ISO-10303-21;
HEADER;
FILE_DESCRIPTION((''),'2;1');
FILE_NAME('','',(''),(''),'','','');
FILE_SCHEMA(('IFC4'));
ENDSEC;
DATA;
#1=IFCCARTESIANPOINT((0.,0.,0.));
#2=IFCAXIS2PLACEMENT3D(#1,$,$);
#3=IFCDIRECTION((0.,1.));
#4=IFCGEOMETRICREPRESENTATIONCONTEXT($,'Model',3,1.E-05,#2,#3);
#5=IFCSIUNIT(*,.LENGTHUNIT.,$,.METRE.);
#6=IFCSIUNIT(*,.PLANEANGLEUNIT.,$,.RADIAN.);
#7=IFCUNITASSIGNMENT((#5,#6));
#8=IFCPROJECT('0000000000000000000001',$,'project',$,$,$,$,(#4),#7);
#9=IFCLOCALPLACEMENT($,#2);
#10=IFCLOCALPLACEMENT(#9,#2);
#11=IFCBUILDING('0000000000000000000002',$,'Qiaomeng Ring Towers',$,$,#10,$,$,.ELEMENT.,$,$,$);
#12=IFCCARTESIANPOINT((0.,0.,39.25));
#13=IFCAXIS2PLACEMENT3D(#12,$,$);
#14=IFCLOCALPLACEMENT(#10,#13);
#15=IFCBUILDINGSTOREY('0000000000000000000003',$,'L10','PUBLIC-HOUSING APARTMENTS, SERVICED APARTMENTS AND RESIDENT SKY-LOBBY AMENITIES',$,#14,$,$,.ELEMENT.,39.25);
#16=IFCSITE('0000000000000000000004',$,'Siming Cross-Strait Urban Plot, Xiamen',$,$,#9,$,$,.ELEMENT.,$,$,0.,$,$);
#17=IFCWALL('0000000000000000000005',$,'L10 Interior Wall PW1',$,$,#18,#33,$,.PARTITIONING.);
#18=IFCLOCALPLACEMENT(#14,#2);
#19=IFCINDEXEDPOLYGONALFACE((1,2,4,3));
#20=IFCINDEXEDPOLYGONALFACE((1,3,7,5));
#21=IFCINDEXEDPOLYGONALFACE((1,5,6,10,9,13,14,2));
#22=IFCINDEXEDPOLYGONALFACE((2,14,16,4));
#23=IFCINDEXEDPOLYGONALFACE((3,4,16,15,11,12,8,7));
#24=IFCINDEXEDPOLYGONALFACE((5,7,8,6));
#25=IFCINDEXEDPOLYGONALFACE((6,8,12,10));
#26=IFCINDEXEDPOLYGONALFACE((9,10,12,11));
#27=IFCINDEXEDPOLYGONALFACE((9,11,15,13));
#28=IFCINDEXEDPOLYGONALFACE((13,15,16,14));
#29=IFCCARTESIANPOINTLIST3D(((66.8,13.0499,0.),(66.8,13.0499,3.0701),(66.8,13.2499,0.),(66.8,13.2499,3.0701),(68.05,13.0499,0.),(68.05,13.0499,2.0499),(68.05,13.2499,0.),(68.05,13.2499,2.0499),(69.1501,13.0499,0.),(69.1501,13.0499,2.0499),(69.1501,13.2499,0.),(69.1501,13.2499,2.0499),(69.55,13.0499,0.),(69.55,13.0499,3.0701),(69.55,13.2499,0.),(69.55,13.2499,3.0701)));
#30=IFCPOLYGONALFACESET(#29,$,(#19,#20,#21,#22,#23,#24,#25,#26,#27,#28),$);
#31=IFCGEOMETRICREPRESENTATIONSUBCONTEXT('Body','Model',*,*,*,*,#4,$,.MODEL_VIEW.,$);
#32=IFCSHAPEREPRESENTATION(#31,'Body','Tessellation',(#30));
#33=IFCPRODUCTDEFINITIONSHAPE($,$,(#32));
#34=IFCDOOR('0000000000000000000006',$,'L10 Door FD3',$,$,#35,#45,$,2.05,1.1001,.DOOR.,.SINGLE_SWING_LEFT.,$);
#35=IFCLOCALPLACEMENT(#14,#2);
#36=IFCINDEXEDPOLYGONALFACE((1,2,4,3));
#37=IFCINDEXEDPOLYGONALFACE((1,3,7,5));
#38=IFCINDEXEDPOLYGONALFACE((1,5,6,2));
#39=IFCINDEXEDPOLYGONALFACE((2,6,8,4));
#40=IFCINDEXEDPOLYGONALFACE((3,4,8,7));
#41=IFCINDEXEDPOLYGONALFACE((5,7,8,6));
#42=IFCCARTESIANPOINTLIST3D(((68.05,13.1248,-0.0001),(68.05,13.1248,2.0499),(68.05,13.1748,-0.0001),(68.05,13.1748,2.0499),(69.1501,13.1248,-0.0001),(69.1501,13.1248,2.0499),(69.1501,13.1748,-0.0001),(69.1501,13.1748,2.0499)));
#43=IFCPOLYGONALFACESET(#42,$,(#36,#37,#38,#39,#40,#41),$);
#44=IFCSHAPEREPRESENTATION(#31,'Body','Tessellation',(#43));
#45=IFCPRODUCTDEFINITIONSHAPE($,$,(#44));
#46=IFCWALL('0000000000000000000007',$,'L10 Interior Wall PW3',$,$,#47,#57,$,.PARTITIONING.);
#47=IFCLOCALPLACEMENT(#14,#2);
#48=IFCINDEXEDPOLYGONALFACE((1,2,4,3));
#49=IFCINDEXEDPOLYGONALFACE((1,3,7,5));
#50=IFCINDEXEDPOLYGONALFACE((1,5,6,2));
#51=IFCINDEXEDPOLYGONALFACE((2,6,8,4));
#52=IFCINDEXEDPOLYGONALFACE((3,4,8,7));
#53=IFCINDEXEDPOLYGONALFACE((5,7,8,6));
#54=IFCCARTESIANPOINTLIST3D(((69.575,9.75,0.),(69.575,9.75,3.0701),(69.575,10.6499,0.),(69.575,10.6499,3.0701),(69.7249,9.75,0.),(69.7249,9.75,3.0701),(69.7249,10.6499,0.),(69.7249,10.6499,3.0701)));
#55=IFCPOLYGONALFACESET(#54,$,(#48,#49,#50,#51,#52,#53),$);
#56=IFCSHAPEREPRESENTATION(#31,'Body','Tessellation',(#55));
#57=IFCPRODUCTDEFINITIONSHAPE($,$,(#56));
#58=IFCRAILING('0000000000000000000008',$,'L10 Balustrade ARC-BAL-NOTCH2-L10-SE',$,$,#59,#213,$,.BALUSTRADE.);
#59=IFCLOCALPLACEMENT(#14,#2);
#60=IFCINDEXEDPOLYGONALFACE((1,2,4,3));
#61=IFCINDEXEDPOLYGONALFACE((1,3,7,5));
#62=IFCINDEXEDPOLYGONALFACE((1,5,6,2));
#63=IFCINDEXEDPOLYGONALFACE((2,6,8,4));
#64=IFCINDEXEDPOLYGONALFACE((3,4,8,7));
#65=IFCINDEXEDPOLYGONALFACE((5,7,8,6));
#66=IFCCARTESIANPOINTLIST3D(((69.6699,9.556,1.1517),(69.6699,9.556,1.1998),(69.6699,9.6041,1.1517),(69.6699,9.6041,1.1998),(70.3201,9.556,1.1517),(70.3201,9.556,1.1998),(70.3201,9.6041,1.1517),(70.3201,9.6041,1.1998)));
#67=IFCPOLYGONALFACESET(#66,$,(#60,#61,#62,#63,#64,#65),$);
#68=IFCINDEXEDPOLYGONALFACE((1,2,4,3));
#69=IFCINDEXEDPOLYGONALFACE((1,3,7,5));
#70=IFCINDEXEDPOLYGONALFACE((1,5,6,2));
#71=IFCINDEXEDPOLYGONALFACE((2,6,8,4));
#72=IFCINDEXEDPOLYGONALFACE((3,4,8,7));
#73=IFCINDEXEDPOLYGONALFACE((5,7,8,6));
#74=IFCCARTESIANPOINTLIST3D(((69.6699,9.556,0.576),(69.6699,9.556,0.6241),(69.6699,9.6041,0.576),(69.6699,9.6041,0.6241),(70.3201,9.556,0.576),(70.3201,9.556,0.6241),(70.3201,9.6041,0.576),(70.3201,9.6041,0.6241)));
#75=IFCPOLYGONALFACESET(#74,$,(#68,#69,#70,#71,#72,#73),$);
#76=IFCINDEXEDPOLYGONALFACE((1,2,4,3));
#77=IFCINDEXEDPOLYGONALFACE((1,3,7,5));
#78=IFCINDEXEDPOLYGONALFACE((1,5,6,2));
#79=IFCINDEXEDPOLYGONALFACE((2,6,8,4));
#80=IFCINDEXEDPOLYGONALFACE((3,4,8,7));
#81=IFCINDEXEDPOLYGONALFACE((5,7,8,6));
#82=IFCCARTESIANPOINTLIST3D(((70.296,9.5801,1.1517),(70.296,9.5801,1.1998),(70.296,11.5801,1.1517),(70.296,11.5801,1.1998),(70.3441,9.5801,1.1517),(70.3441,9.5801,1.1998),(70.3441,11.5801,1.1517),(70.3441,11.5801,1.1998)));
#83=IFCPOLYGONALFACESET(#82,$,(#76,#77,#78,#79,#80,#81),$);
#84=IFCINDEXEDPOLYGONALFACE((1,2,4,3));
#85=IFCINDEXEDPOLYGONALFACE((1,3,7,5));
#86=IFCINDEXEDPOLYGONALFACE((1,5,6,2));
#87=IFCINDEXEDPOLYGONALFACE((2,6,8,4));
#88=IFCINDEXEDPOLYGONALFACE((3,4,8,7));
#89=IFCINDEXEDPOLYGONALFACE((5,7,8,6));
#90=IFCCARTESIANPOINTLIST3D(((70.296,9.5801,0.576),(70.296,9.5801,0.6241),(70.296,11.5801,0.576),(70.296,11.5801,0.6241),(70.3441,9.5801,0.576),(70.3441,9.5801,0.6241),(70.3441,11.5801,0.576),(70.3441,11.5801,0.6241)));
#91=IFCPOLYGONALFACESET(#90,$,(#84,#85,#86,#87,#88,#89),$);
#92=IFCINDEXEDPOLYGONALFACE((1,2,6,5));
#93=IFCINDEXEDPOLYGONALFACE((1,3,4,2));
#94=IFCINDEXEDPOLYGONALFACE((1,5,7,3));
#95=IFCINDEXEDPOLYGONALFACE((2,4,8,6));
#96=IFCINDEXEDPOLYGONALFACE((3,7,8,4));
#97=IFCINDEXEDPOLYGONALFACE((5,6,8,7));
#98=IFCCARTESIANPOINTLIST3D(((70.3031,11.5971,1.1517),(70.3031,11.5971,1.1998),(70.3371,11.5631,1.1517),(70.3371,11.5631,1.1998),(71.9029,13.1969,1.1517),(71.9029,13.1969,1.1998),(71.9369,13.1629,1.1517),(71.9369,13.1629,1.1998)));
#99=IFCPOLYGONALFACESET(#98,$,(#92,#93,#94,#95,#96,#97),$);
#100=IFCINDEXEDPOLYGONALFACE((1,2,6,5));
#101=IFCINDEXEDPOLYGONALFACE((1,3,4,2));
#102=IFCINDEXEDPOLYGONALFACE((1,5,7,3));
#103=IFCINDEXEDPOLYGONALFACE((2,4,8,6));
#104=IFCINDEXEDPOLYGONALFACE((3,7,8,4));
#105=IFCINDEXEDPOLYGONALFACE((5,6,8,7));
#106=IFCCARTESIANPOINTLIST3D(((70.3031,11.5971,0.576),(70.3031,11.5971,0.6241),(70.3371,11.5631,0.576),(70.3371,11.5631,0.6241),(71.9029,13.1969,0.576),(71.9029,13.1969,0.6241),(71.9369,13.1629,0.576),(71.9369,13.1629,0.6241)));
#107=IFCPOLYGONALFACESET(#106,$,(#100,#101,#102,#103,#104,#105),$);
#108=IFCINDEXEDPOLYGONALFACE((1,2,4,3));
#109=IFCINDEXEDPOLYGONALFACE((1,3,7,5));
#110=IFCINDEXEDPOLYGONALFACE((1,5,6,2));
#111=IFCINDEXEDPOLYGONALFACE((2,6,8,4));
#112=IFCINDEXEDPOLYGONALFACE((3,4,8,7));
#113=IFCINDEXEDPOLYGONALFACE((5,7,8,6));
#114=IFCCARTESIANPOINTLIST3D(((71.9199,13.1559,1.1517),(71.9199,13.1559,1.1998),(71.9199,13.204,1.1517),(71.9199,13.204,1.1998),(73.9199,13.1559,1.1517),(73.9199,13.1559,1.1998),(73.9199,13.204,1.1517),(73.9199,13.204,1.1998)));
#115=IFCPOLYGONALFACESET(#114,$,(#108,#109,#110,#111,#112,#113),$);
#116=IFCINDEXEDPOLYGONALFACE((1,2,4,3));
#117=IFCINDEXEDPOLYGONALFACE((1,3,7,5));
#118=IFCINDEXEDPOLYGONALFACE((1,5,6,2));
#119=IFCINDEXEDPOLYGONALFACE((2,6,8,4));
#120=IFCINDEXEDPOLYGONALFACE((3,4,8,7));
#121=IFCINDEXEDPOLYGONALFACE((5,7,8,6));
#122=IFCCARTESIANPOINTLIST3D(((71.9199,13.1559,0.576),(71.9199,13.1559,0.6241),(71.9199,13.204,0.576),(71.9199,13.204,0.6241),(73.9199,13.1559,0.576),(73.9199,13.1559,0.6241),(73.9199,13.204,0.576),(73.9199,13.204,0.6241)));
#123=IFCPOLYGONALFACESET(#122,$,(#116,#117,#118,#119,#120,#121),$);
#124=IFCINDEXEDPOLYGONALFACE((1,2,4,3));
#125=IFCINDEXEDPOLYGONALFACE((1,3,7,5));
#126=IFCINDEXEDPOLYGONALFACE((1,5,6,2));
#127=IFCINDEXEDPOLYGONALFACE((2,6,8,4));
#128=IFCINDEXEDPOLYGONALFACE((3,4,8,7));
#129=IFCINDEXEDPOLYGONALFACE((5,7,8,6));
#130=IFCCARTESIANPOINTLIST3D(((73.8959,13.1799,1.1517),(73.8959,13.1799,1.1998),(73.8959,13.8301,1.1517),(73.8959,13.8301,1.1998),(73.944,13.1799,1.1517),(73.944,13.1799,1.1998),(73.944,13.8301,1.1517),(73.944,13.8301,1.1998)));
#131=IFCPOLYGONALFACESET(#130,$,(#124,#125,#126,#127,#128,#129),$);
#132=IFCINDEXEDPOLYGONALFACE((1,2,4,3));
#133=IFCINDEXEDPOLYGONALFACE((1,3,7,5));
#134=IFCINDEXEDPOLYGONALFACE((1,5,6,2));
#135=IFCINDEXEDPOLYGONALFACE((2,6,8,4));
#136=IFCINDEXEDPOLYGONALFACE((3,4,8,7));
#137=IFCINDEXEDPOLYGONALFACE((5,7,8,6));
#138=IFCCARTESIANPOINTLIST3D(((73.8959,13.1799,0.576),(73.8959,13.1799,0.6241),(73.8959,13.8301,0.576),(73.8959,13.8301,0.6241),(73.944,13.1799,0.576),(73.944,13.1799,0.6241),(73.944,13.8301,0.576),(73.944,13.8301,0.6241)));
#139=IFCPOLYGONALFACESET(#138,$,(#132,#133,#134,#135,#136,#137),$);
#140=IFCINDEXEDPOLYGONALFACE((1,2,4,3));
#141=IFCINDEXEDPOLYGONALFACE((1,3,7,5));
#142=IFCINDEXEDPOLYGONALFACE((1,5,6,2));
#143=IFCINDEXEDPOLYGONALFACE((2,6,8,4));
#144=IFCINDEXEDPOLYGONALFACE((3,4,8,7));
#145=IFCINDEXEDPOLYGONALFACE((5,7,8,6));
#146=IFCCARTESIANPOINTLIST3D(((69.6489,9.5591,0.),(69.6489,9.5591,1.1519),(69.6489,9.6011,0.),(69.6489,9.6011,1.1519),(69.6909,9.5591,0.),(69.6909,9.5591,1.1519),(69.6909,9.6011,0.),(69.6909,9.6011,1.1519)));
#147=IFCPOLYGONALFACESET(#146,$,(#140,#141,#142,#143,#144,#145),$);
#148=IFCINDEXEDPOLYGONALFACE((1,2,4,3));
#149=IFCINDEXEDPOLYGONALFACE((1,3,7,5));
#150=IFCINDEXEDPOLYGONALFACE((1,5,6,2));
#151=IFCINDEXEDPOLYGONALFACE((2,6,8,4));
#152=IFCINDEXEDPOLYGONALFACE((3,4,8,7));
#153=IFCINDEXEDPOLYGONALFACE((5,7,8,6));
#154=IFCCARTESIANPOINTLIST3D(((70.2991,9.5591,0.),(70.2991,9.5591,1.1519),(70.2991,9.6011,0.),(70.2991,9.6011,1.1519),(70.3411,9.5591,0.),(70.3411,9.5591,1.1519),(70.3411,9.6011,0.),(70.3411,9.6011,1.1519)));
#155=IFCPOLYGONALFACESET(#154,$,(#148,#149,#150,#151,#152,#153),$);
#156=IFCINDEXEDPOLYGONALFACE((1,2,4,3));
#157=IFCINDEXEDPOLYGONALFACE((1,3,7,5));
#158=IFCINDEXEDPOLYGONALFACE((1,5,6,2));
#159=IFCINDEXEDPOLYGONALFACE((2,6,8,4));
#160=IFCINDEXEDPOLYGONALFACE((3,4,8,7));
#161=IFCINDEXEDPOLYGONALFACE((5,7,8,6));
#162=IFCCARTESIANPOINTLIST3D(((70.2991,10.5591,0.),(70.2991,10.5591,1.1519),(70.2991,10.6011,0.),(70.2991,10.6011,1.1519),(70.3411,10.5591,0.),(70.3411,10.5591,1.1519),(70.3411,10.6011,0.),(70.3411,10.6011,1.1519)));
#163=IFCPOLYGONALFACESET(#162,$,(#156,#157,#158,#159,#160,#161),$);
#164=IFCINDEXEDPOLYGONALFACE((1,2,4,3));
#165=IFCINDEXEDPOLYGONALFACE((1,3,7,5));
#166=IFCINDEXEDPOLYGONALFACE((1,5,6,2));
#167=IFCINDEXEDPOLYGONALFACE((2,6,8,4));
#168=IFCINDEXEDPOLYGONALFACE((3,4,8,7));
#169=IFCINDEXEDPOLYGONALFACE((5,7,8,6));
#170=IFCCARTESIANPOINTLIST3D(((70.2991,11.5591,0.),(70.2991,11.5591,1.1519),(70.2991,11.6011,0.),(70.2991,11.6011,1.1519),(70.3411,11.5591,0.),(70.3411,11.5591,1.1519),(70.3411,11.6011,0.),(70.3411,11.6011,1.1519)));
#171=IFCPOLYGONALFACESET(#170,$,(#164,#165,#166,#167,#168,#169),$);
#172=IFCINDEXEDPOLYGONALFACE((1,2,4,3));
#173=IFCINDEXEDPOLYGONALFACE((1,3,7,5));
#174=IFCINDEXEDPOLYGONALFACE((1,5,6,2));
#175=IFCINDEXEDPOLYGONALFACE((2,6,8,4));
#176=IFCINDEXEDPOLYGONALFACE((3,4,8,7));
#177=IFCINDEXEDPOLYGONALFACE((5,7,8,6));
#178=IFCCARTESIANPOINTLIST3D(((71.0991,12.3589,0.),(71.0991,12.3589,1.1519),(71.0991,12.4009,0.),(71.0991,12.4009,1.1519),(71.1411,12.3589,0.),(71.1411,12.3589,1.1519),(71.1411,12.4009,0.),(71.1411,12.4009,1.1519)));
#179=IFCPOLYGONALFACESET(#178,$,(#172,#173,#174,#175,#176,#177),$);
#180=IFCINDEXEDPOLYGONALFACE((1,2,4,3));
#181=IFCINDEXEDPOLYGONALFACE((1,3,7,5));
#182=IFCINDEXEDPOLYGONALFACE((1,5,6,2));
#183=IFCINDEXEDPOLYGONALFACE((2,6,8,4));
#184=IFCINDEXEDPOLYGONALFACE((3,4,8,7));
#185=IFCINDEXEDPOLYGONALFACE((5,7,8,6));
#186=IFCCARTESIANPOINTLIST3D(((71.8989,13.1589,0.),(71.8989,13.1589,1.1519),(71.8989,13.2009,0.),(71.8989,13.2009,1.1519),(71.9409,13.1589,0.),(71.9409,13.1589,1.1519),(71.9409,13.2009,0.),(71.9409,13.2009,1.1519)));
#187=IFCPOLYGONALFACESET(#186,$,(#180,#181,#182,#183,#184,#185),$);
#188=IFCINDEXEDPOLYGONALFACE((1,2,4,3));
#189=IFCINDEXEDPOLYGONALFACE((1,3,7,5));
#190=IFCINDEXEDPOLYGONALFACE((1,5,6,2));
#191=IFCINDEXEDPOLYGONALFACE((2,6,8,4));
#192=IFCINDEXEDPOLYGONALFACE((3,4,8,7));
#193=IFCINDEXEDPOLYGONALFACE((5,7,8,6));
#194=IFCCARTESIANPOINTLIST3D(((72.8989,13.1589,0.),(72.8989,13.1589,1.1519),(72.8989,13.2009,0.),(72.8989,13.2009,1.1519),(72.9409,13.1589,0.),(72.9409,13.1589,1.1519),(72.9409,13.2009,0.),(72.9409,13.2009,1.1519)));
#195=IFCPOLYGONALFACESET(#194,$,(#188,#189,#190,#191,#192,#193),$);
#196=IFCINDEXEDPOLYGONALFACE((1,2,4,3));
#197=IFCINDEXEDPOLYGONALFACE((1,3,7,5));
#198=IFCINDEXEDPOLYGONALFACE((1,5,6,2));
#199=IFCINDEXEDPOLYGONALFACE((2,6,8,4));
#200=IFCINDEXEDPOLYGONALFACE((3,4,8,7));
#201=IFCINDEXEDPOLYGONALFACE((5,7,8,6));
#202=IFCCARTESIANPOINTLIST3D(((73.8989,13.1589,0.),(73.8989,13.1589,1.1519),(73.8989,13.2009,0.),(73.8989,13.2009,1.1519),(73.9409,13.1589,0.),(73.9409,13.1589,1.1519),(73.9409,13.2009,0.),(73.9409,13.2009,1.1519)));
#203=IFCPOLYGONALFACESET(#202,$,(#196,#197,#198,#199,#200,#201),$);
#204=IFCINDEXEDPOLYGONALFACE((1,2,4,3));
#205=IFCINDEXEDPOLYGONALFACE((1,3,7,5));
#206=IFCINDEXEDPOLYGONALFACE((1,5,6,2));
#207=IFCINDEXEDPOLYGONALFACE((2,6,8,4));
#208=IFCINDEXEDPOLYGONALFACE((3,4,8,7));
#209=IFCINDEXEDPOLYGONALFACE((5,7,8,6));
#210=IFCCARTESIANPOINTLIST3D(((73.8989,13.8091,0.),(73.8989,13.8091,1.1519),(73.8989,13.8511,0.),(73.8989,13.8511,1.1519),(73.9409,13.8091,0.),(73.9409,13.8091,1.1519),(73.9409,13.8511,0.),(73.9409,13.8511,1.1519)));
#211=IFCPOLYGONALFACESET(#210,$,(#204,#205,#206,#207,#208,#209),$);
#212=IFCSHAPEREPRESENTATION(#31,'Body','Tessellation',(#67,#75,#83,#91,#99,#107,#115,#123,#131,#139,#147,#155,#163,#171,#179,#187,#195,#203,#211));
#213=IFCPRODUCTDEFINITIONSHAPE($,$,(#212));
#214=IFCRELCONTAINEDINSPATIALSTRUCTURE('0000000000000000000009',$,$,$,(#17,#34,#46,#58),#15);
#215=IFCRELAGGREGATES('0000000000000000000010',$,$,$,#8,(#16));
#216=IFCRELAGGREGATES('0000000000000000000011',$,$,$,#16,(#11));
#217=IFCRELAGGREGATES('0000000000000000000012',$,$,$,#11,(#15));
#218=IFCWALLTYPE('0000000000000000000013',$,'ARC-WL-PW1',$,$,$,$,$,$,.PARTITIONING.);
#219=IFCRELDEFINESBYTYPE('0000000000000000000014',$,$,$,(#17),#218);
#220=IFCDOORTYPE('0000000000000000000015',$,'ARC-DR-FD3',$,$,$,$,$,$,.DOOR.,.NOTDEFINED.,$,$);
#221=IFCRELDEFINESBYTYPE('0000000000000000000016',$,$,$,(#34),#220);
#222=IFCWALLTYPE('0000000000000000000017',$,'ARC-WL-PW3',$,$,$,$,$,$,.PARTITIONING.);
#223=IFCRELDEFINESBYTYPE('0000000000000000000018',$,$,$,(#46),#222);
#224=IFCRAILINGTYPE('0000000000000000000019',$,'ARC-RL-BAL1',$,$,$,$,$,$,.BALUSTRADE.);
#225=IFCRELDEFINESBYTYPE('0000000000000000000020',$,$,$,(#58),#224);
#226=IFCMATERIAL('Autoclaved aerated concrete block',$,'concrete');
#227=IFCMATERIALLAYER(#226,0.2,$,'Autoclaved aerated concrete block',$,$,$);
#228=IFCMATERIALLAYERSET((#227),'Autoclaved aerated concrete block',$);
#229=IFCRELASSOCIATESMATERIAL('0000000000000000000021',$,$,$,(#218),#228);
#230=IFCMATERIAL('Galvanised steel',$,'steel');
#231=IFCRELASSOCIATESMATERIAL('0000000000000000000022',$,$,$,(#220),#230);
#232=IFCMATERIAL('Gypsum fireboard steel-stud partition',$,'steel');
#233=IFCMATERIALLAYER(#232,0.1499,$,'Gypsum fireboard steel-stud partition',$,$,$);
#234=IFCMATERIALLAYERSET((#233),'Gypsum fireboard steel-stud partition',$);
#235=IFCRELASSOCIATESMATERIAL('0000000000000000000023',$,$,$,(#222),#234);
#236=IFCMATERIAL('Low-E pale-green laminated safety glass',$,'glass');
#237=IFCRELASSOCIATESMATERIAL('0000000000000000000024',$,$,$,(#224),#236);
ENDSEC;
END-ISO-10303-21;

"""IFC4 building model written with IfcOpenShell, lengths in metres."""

from ifc_helpers import new_model, si_unit, direction, frame, frame_2d, origin, origin_2d, place, context, subcontext, project, spatial, rectangle, extrude, source, transform, mapped, material, layer, layer_set, type_object, element, fill, save


model = new_model("IFC4")

# Units and contexts
model_context = context("Model", 3, precision=1e-05, world=origin(), true_north=direction((0.0, 1.0)))
body_context = subcontext(model_context, "Body", "Model", "MODEL_VIEW")
ifc_project = project(units=[si_unit("LENGTHUNIT", "METRE"), si_unit("PLANEANGLEUNIT", "RADIAN")], contexts=[model_context])

# Site, building, storey
site_placement = place(None, origin())
site = spatial("IfcSite", under=ifc_project, at=site_placement, Name="Siming Cross-Strait Urban Plot, Xiamen", CompositionType="ELEMENT", RefElevation=0.0)
building_placement = place(site_placement, origin())
building = spatial("IfcBuilding", under=site, at=building_placement, Name="Qiaomeng Ring Towers", CompositionType="ELEMENT")
storey_placement = place(building_placement, frame((0.0, 0.0, 39.25)))
storey = spatial("IfcBuildingStorey", under=building, at=storey_placement, Name="L10", Description="PUBLIC-HOUSING APARTMENTS, SERVICED APARTMENTS AND RESIDENT SKY-LOBBY AMENITIES", CompositionType="ELEMENT", Elevation=39.25)

# Shared definitions
ifc_material_1 = material(Name="Autoclaved aerated concrete block", Category="concrete")
ifc_layer_1 = layer(ifc_material_1, 0.2, Name="Autoclaved aerated concrete block")
ifc_layer_set_1 = layer_set([ifc_layer_1], Name="Autoclaved aerated concrete block")
wall_type_1 = type_object("IfcWallType", Name="ARC-WL-PW1", PredefinedType="PARTITIONING", material=ifc_layer_set_1)

# Wall, opening, door
wall_1_placement = place(storey_placement, frame((66.8, 13.1499, 0.0), z_axis=(0.0, 0.0, 1.0), x_axis=(1.0, 0.0, 0.0)))
wall_1 = element("IfcWall", 1, at=wall_1_placement, inside=storey, type_object=wall_type_1, Name="L10 Interior Wall PW1", PredefinedType="PARTITIONING", context=body_context, shape_type="SweptSolid", body=[
    extrude(rectangle(XDim=2.75, YDim=0.2, at=frame_2d((1.375, 0.0))), origin(), (0.0, 0.0, 1.0), 3.0701),
])
opening_1_placement = place(wall_1_placement, frame((1.25, 0.0, 0.0)))
opening_1 = element("IfcOpeningElement", 2, at=opening_1_placement, cuts=wall_1, PredefinedType="OPENING", context=body_context, shape_type="SweptSolid", body=[
    extrude(rectangle(XDim=1.1001, YDim=2.05, at=frame_2d((0.55, 1.0249))), frame((0.0, 0.1099, 0.0), z_axis=(0.0, -1.0, 0.0), x_axis=(1.0, 0.0, 0.0)), (0.0, 0.0, 1.0), 0.22),
])
ifc_material_2 = material(Name="Galvanised steel", Category="steel")
door_type_1 = type_object("IfcDoorType", Name="ARC-DR-FD3", OperationType="NOTDEFINED", PredefinedType="DOOR", material=ifc_material_2)
shared_shape_1 = source(origin(), body_context, "Body", "SweptSolid", [
    extrude(rectangle(XDim=1.1001, YDim=2.05, at=frame_2d((0.55, 1.0249))), frame((0.0, 0.0249, 0.0), z_axis=(0.0, -1.0, 0.0), x_axis=(1.0, 0.0, 0.0)), (0.0, 0.0, 1.0), 0.05),
])
door_1_placement = place(opening_1_placement, origin())
door_1 = element("IfcDoor", 3, at=door_1_placement, inside=storey, type_object=door_type_1, Name="L10 Door FD3", OperationType="SINGLE_SWING_LEFT", OverallHeight=2.05, OverallWidth=1.1001, PredefinedType="DOOR", context=body_context, shape_type="MappedRepresentation", body=[
    mapped(shared_shape_1, transform((0.0, 0.0, 0.0), x_axis=(1.0, 0.0, 0.0), y_axis=(0.0, 1.0, 0.0), z_axis=(0.0, 0.0, 1.0), scale=1.0)),
])
fill(opening_1, door_1)

# Wall
ifc_material_3 = material(Name="Gypsum fireboard steel-stud partition", Category="steel")
ifc_layer_2 = layer(ifc_material_3, 0.1499, Name="Gypsum fireboard steel-stud partition")
ifc_layer_set_2 = layer_set([ifc_layer_2], Name="Gypsum fireboard steel-stud partition")
wall_type_2 = type_object("IfcWallType", Name="ARC-WL-PW3", PredefinedType="PARTITIONING", material=ifc_layer_set_2)
wall_2_placement = place(storey_placement, frame((69.6499, 9.75, 0.0), z_axis=(0.0, 0.0, 1.0), x_axis=(0.0, 1.0, 0.0)))
element("IfcWall", 4, at=wall_2_placement, inside=storey, type_object=wall_type_2, Name="L10 Interior Wall PW3", PredefinedType="PARTITIONING", context=body_context, shape_type="SweptSolid", body=[
    extrude(rectangle(XDim=0.8999, YDim=0.1499, at=frame_2d((0.45, 0.0))), origin(), (0.0, 0.0, 1.0), 3.0701),
])

# Railing
ifc_material_4 = material(Name="Low-E pale-green laminated safety glass", Category="glass")
railing_type = type_object("IfcRailingType", Name="ARC-RL-BAL1", PredefinedType="BALUSTRADE", material=ifc_material_4)
railing_placement = place(storey_placement, frame((69.6699, 9.5801, 0.0)))
element("IfcRailing", 5, at=railing_placement, inside=storey, type_object=railing_type, Name="L10 Balustrade ARC-BAL-NOTCH2-L10-SE", PredefinedType="BALUSTRADE", context=body_context, shape_type="SweptSolid", body=[
    extrude(rectangle(XDim=0.0481, YDim=0.0481, at=origin_2d()), frame((0.0, 0.0, 1.1758), z_axis=(1.0, 0.0, 0.0), x_axis=(0.0, 1.0, 0.0)), (0.0, 0.0, 1.0), 0.6501),
    extrude(rectangle(XDim=0.0481, YDim=0.0481, at=origin_2d()), frame((0.0, 0.0, 0.6001), z_axis=(1.0, 0.0, 0.0), x_axis=(0.0, 1.0, 0.0)), (0.0, 0.0, 1.0), 0.6501),
    extrude(rectangle(XDim=0.0481, YDim=0.0481, at=origin_2d()), frame((0.6501, 0.0, 1.1758), z_axis=(0.0, 1.0, 0.0), x_axis=(-1.0, 0.0, 0.0)), (0.0, 0.0, 1.0), 2.0),
    extrude(rectangle(XDim=0.0481, YDim=0.0481, at=origin_2d()), frame((0.6501, 0.0, 0.6001), z_axis=(0.0, 1.0, 0.0), x_axis=(-1.0, 0.0, 0.0)), (0.0, 0.0, 1.0), 2.0),
    extrude(rectangle(XDim=0.0481, YDim=0.0481, at=origin_2d()), frame((0.6501, 2.0, 1.1758), z_axis=(0.707107, 0.707107, 0.0), x_axis=(-0.707107, 0.707107, 0.0)), (0.0, 0.0, 1.0), 2.2625),
    extrude(rectangle(XDim=0.0481, YDim=0.0481, at=origin_2d()), frame((0.6501, 2.0, 0.6001), z_axis=(0.707107, 0.707107, 0.0), x_axis=(-0.707107, 0.707107, 0.0)), (0.0, 0.0, 1.0), 2.2625),
    extrude(rectangle(XDim=0.0481, YDim=0.0481, at=origin_2d()), frame((2.25, 3.5999, 1.1758), z_axis=(1.0, 0.0, 0.0), x_axis=(0.0, 1.0, 0.0)), (0.0, 0.0, 1.0), 2.0),
    extrude(rectangle(XDim=0.0481, YDim=0.0481, at=origin_2d()), frame((2.25, 3.5999, 0.6001), z_axis=(1.0, 0.0, 0.0), x_axis=(0.0, 1.0, 0.0)), (0.0, 0.0, 1.0), 2.0),
    extrude(rectangle(XDim=0.0481, YDim=0.0481, at=origin_2d()), frame((4.25, 3.5999, 1.1758), z_axis=(0.0, 1.0, 0.0), x_axis=(-1.0, 0.0, 0.0)), (0.0, 0.0, 1.0), 0.6501),
    extrude(rectangle(XDim=0.0481, YDim=0.0481, at=origin_2d()), frame((4.25, 3.5999, 0.6001), z_axis=(0.0, 1.0, 0.0), x_axis=(-1.0, 0.0, 0.0)), (0.0, 0.0, 1.0), 0.6501),
    extrude(rectangle(XDim=0.042, YDim=0.042, at=origin_2d()), origin(), (0.0, 0.0, 1.0), 1.1519),
    extrude(rectangle(XDim=0.042, YDim=0.042, at=origin_2d()), frame((0.6501, 0.0, 0.0)), (0.0, 0.0, 1.0), 1.1519),
    extrude(rectangle(XDim=0.042, YDim=0.042, at=origin_2d()), frame((0.6501, 1.0, 0.0)), (0.0, 0.0, 1.0), 1.1519),
    extrude(rectangle(XDim=0.042, YDim=0.042, at=origin_2d()), frame((0.6501, 2.0, 0.0)), (0.0, 0.0, 1.0), 1.1519),
    extrude(rectangle(XDim=0.042, YDim=0.042, at=origin_2d()), frame((1.4502, 2.7998, 0.0)), (0.0, 0.0, 1.0), 1.1519),
    extrude(rectangle(XDim=0.042, YDim=0.042, at=origin_2d()), frame((2.25, 3.5999, 0.0)), (0.0, 0.0, 1.0), 1.1519),
    extrude(rectangle(XDim=0.042, YDim=0.042, at=origin_2d()), frame((3.25, 3.5999, 0.0)), (0.0, 0.0, 1.0), 1.1519),
    extrude(rectangle(XDim=0.042, YDim=0.042, at=origin_2d()), frame((4.25, 3.5999, 0.0)), (0.0, 0.0, 1.0), 1.1519),
    extrude(rectangle(XDim=0.042, YDim=0.042, at=origin_2d()), frame((4.25, 4.25, 0.0)), (0.0, 0.0, 1.0), 1.1519),
])

save(model, "model.ifc")
